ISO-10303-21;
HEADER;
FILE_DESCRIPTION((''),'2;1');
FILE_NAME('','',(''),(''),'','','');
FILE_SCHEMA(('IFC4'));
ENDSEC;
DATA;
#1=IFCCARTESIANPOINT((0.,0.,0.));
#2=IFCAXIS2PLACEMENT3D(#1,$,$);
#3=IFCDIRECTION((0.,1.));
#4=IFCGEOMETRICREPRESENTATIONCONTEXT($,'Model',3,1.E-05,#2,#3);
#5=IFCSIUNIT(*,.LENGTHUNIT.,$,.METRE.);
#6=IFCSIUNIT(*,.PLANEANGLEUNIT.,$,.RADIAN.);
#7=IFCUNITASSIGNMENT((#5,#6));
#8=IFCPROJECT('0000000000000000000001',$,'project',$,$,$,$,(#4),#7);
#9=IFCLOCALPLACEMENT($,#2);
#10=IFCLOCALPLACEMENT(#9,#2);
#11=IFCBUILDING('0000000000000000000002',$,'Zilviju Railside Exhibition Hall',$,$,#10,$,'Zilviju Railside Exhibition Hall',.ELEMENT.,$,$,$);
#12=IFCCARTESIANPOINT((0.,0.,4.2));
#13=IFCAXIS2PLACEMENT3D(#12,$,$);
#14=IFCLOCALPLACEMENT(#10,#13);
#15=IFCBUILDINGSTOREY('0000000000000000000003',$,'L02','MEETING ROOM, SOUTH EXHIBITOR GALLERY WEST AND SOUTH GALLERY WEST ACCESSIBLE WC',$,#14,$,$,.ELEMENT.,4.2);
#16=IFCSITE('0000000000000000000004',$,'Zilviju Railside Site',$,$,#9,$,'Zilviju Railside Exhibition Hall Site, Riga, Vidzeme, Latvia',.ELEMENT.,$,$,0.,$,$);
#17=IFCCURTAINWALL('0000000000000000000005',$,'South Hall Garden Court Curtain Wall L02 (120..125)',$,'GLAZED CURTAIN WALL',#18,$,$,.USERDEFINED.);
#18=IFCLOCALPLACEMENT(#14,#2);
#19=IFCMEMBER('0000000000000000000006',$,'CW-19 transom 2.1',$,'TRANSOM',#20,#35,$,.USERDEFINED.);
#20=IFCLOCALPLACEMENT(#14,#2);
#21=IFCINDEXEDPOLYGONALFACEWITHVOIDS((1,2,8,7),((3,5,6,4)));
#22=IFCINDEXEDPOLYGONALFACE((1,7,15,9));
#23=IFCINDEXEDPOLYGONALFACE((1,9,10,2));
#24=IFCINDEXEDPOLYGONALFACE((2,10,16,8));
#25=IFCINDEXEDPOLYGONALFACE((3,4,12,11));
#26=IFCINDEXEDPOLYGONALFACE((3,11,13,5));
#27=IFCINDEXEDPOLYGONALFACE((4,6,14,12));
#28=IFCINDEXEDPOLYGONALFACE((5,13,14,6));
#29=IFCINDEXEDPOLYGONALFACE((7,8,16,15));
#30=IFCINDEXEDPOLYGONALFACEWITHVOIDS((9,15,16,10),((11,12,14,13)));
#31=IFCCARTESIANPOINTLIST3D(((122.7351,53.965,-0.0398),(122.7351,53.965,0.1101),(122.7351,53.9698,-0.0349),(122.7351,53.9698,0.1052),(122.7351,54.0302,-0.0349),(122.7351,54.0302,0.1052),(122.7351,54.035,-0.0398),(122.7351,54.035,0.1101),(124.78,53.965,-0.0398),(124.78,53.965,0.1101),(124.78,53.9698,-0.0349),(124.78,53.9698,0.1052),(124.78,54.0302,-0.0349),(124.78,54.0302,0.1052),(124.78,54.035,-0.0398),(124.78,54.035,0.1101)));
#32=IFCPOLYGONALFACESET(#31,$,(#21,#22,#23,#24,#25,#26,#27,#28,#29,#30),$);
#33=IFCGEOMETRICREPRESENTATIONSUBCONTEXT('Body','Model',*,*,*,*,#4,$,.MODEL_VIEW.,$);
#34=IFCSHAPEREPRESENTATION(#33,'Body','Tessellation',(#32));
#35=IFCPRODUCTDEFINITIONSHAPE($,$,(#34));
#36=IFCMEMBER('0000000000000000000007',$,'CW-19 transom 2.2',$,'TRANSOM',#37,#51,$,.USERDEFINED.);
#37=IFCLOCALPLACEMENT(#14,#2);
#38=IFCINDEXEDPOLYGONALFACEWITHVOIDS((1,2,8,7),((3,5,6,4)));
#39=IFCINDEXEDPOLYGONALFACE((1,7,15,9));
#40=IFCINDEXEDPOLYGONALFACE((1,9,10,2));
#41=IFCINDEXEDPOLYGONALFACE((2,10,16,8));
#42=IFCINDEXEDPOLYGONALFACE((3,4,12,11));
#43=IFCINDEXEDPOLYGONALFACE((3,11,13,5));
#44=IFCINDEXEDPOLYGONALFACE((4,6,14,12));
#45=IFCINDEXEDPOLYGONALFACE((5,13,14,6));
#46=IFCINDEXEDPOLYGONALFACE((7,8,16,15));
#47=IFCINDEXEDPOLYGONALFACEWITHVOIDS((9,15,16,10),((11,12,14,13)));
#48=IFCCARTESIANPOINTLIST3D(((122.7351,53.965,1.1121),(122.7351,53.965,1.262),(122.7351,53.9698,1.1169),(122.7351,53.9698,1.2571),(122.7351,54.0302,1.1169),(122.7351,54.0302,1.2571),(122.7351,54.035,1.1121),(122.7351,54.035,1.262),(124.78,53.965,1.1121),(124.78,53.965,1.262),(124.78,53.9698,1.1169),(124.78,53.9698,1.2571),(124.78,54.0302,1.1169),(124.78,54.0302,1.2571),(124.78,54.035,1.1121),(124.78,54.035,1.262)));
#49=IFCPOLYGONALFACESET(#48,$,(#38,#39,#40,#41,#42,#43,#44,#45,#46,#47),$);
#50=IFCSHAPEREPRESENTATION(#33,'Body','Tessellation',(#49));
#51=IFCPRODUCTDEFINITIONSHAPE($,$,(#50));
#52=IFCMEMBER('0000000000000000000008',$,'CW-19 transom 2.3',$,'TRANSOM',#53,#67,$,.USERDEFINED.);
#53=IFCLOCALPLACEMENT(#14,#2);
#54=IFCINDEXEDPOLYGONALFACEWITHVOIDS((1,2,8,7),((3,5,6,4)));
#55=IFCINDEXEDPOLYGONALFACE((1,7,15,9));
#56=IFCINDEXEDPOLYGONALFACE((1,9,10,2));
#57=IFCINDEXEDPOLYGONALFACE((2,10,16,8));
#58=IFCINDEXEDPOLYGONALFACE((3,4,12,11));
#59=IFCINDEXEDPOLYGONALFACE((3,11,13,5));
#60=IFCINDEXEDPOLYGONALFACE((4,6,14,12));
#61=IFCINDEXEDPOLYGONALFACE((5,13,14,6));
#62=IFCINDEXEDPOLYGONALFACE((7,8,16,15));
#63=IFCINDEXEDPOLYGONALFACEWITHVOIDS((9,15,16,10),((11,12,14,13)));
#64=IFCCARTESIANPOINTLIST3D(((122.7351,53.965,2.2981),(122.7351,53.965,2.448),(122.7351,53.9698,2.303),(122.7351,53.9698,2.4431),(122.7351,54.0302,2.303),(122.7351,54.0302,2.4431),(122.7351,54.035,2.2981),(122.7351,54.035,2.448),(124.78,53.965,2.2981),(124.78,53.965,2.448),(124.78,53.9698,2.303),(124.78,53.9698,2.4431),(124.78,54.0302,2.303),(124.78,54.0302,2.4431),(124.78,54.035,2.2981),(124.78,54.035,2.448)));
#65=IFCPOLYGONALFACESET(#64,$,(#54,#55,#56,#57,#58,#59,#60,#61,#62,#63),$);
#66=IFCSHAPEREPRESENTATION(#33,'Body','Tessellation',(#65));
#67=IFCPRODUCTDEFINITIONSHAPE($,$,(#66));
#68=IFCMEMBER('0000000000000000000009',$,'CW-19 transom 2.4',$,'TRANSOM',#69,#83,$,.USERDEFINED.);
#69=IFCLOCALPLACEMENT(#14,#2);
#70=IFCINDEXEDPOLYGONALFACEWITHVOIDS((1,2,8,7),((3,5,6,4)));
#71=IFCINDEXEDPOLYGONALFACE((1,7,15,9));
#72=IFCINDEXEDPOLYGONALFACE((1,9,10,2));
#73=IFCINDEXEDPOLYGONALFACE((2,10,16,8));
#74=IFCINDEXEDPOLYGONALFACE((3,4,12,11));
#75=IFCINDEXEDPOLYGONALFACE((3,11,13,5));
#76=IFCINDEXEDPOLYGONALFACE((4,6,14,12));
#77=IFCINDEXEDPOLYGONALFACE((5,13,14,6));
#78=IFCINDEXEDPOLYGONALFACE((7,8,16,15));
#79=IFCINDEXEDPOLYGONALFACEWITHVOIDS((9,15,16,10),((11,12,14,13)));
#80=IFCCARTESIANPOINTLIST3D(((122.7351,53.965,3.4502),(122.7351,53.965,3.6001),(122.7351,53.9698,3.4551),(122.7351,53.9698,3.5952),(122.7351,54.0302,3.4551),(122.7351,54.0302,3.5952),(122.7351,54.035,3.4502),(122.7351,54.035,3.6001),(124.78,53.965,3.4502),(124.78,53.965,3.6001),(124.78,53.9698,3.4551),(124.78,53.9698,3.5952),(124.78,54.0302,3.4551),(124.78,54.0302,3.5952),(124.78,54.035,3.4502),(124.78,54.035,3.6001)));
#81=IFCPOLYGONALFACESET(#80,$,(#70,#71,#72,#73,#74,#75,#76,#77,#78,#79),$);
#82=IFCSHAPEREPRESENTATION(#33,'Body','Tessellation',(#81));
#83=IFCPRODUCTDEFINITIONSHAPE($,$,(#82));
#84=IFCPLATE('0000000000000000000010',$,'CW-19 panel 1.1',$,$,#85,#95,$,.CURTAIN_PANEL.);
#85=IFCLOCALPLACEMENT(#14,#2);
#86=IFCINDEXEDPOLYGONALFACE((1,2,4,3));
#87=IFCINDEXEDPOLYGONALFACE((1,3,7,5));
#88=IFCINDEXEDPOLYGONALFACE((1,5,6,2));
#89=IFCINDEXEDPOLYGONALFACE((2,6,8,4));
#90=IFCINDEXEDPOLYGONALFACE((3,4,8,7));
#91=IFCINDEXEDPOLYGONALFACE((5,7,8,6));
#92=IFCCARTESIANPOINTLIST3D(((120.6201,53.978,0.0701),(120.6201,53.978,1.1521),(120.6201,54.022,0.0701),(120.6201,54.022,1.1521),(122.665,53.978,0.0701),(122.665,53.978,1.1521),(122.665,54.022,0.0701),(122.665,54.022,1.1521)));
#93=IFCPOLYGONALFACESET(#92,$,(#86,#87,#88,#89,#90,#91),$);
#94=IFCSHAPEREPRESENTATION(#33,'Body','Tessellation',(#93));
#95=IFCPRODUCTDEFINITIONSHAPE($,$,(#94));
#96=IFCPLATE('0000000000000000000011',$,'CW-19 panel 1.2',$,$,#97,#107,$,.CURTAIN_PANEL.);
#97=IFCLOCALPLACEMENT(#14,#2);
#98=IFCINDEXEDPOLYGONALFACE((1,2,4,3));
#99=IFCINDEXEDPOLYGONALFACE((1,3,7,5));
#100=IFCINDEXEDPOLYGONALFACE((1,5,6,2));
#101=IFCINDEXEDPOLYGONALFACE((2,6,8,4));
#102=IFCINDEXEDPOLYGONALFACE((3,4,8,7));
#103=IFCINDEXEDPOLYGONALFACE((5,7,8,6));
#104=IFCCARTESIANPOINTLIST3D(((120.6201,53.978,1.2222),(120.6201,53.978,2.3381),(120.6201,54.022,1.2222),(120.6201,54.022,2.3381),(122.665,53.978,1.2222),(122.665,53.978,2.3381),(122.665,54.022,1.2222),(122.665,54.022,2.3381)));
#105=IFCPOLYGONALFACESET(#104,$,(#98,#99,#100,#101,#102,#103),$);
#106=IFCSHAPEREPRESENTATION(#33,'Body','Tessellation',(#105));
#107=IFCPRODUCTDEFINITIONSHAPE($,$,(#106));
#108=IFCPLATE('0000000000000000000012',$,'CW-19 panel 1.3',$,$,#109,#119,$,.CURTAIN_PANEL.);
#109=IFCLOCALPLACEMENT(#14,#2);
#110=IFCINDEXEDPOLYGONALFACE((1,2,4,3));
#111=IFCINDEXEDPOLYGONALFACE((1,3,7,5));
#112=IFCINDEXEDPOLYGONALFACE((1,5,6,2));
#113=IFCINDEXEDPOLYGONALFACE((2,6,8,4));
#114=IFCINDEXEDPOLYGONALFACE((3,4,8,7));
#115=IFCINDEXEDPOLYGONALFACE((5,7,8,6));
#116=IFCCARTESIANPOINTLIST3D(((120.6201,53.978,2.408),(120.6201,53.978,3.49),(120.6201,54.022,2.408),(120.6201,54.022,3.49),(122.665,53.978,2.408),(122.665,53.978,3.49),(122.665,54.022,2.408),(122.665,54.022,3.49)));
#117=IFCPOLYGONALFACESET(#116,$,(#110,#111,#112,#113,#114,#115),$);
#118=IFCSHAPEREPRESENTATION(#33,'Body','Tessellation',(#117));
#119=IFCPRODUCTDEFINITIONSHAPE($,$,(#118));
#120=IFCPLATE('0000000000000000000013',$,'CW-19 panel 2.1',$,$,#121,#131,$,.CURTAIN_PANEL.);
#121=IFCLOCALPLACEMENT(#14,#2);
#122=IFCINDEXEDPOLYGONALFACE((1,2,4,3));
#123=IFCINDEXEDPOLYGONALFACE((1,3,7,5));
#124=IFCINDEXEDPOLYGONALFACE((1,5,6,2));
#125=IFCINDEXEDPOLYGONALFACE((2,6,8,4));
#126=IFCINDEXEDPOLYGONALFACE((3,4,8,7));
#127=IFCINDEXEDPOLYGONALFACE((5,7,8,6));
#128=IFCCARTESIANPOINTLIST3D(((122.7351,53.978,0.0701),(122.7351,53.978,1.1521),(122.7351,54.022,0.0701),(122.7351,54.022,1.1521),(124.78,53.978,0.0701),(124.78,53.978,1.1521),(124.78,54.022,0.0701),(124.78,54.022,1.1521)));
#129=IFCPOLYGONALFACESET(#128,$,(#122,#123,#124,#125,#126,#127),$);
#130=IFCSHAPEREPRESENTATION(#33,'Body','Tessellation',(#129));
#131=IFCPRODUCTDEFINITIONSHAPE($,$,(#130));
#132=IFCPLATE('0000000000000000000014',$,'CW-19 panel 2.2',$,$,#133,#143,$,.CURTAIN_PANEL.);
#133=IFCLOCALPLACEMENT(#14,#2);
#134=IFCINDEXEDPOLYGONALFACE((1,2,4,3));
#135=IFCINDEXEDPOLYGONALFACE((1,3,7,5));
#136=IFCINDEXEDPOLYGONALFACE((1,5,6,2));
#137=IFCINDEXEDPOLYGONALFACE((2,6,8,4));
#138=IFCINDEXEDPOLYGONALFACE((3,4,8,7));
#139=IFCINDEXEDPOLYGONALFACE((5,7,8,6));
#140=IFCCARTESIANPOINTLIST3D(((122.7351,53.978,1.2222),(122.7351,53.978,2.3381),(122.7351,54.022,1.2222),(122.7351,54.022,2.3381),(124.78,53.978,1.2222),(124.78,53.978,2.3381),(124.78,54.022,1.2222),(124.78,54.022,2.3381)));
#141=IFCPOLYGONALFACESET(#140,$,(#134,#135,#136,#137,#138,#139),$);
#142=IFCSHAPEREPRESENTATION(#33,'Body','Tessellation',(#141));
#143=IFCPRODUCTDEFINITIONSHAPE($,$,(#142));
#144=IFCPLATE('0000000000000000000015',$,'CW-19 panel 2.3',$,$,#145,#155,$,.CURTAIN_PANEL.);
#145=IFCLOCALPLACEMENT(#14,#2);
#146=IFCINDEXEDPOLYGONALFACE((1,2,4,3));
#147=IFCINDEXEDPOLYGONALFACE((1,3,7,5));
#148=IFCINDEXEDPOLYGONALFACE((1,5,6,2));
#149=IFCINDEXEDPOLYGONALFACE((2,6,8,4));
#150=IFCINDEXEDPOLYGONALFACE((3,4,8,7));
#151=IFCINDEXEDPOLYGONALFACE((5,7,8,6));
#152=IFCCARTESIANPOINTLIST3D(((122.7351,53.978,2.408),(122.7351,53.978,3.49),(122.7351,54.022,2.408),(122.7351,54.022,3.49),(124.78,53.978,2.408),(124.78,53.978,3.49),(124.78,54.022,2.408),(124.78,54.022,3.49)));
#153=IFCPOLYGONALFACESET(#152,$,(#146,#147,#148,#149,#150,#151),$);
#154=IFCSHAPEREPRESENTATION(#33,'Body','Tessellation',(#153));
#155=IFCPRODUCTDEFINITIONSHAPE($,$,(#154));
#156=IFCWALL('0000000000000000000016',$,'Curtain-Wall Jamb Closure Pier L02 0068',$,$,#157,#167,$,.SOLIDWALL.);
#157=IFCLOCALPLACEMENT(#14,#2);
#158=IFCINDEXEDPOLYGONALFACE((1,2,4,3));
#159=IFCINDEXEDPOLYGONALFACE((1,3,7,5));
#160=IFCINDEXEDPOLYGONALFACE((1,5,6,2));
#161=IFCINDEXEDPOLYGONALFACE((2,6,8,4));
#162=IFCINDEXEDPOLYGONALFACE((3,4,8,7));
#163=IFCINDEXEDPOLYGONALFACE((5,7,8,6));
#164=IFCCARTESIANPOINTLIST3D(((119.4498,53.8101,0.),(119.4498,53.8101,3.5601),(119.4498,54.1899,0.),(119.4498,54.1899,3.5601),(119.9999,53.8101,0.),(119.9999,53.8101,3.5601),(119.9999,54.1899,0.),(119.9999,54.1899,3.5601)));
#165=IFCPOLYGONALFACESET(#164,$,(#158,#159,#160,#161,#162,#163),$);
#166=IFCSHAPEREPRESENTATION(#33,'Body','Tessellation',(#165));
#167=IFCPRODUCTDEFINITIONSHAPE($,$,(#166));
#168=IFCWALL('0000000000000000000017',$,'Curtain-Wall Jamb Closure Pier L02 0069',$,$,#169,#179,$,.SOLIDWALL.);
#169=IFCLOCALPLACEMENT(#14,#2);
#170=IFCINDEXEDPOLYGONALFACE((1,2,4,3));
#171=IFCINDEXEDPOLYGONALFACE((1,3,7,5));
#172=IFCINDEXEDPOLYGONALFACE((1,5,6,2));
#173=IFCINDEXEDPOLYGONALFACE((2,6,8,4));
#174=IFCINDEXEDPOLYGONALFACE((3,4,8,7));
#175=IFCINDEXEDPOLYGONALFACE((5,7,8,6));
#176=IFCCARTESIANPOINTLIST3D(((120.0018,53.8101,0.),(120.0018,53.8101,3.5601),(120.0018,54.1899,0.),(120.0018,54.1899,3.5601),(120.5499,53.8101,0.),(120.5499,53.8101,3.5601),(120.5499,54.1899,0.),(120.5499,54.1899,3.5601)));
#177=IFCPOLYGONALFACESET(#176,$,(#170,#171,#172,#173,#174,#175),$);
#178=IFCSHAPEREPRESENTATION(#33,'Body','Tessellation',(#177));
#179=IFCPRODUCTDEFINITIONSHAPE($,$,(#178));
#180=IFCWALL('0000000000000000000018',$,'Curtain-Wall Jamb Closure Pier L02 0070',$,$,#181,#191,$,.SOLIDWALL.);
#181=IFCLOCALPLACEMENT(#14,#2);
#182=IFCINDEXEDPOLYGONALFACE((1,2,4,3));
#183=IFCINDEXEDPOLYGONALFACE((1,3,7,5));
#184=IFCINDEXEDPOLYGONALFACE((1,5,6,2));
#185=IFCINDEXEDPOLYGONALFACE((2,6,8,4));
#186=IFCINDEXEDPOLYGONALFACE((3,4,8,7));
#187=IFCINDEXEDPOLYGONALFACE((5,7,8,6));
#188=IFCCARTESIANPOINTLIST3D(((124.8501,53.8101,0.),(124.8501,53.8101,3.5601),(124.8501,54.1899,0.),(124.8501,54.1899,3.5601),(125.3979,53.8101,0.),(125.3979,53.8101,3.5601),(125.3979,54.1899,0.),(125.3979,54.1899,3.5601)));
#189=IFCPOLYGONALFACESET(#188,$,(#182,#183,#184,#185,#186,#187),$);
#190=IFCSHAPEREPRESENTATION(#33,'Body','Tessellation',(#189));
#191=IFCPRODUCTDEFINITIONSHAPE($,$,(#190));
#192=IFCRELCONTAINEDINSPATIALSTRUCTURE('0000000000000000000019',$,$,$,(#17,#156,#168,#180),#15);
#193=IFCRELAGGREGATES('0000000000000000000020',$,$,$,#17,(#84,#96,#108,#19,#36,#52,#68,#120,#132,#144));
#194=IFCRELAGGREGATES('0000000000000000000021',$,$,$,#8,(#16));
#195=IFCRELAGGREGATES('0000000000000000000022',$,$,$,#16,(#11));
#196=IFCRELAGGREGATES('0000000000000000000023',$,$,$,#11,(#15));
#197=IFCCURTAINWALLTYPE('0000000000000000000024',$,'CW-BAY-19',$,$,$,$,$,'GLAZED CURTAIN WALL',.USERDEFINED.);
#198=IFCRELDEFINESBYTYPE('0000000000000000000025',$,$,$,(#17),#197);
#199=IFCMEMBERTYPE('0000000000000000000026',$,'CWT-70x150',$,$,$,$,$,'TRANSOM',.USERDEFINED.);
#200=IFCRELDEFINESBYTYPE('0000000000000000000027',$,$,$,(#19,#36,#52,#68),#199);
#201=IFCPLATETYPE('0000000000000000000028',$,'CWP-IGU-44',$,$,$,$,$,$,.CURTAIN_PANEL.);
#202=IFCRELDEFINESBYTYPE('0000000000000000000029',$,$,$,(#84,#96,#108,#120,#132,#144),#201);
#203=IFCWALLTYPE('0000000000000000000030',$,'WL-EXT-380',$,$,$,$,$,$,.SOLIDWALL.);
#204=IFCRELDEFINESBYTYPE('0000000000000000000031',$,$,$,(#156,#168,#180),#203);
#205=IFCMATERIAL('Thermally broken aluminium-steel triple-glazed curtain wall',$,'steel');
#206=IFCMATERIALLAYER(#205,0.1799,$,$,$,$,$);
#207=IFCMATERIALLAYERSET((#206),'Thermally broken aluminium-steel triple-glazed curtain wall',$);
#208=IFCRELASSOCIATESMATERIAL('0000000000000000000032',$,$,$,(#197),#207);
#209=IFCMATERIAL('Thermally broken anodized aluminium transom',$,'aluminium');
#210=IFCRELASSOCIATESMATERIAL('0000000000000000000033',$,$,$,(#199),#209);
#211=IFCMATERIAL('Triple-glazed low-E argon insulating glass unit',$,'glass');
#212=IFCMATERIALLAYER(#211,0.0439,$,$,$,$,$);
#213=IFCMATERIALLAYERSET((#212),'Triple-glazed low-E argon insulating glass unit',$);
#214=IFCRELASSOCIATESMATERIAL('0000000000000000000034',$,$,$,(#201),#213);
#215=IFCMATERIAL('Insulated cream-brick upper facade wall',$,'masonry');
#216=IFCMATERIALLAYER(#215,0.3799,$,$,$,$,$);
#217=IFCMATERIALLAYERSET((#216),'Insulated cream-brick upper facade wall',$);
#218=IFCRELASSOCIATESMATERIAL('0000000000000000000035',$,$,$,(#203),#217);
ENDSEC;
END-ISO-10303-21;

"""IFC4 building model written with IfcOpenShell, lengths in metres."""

from ifc_helpers import new_model, si_unit, direction, frame, frame_2d, origin, origin_2d, place, context, subcontext, project, spatial, rectangle, hollow_rectangle, extrude, material, layer, layer_set, material_profile, profile_set, type_object, element, aggregate, save


model = new_model("IFC4")

# Units and contexts
model_context = context("Model", 3, precision=1e-05, world=origin(), true_north=direction((0.0, 1.0)))
body_context = subcontext(model_context, "Body", "Model", "MODEL_VIEW")
ifc_project = project(units=[si_unit("LENGTHUNIT", "METRE"), si_unit("PLANEANGLEUNIT", "RADIAN")], contexts=[model_context])

# Site, building, storey
site_placement = place(None, origin())
site = spatial("IfcSite", under=ifc_project, at=site_placement, Name="Zilviju Railside Site", LongName="Zilviju Railside Exhibition Hall Site, Riga, Vidzeme, Latvia", CompositionType="ELEMENT", RefElevation=0.0)
building_placement = place(site_placement, origin())
building = spatial("IfcBuilding", under=site, at=building_placement, Name="Zilviju Railside Exhibition Hall", LongName="Zilviju Railside Exhibition Hall", CompositionType="ELEMENT")
storey_placement = place(building_placement, frame((0.0, 0.0, 4.2)))
storey = spatial("IfcBuildingStorey", under=building, at=storey_placement, Name="L02", Description="MEETING ROOM, SOUTH EXHIBITOR GALLERY WEST AND SOUTH GALLERY WEST ACCESSIBLE WC", CompositionType="ELEMENT", Elevation=4.2)

# Shared definitions
ifc_material_1 = material(Name="Thermally broken aluminium-steel triple-glazed curtain wall", Category="steel")

# Curtain wall, members, plates
ifc_layer_1 = layer(ifc_material_1, 0.1799)
ifc_layer_set_1 = layer_set([ifc_layer_1], Name="Thermally broken aluminium-steel triple-glazed curtain wall")
curtain_wall_type_1 = type_object("IfcCurtainWallType", Name="CW-BAY-19", ElementType="GLAZED CURTAIN WALL", PredefinedType="USERDEFINED", material=ifc_layer_set_1)
curtain_wall_1_placement = place(storey_placement, origin())
curtain_wall_1 = element("IfcCurtainWall", 1, at=curtain_wall_1_placement, inside=storey, type_object=curtain_wall_type_1, Name="South Hall Garden Court Curtain Wall L02 (120..125)", ObjectType="GLAZED CURTAIN WALL", PredefinedType="USERDEFINED")
ifc_material_2 = material(Name="Thermally broken anodized aluminium transom", Category="aluminium")
ifc_material_profile_1 = material_profile(ifc_material_2, hollow_rectangle(XDim=0.0701, YDim=0.1499, WallThickness=0.0049, at=origin_2d()), Name="TRANSOM 150x70x5")
ifc_profile_set_1 = profile_set([ifc_material_profile_1], Name="Thermally broken anodized aluminium transom")
member_type_1 = type_object("IfcMemberType", Name="CWT-70x150", ElementType="TRANSOM", PredefinedType="USERDEFINED", material=ifc_profile_set_1)
member_1_placement = place(storey_placement, frame((122.7351, 54.0, 0.0352), z_axis=(1.0, 0.0, 0.0), x_axis=(0.0, 1.0, 0.0)))
member_1 = element("IfcMember", 2, at=member_1_placement, type_object=member_type_1, Name="CW-19 transom 2.1", ObjectType="TRANSOM", PredefinedType="USERDEFINED", context=body_context, shape_type="SweptSolid", body=[
    extrude(hollow_rectangle(XDim=0.0701, YDim=0.1499, WallThickness=0.0049, at=origin_2d()), origin(), (0.0, 0.0, 1.0), 2.0449),
])
member_2_placement = place(storey_placement, frame((122.7351, 54.0, 1.187), z_axis=(1.0, 0.0, 0.0), x_axis=(0.0, 1.0, 0.0)))
member_2 = element("IfcMember", 3, at=member_2_placement, type_object=member_type_1, Name="CW-19 transom 2.2", ObjectType="TRANSOM", PredefinedType="USERDEFINED", context=body_context, shape_type="SweptSolid", body=[
    extrude(hollow_rectangle(XDim=0.0701, YDim=0.1499, WallThickness=0.0049, at=origin_2d()), origin(), (0.0, 0.0, 1.0), 2.0449),
])
member_3_placement = place(storey_placement, frame((122.7351, 54.0, 2.373), z_axis=(1.0, 0.0, 0.0), x_axis=(0.0, 1.0, 0.0)))
member_3 = element("IfcMember", 4, at=member_3_placement, type_object=member_type_1, Name="CW-19 transom 2.3", ObjectType="TRANSOM", PredefinedType="USERDEFINED", context=body_context, shape_type="SweptSolid", body=[
    extrude(hollow_rectangle(XDim=0.0701, YDim=0.1499, WallThickness=0.0049, at=origin_2d()), origin(), (0.0, 0.0, 1.0), 2.0449),
])
member_4_placement = place(storey_placement, frame((122.7351, 54.0, 3.5251), z_axis=(1.0, 0.0, 0.0), x_axis=(0.0, 1.0, 0.0)))
member_4 = element("IfcMember", 5, at=member_4_placement, type_object=member_type_1, Name="CW-19 transom 2.4", ObjectType="TRANSOM", PredefinedType="USERDEFINED", context=body_context, shape_type="SweptSolid", body=[
    extrude(hollow_rectangle(XDim=0.0701, YDim=0.1499, WallThickness=0.0049, at=origin_2d()), origin(), (0.0, 0.0, 1.0), 2.0449),
])
ifc_material_3 = material(Name="Triple-glazed low-E argon insulating glass unit", Category="glass")
ifc_layer_2 = layer(ifc_material_3, 0.0439)
ifc_layer_set_2 = layer_set([ifc_layer_2], Name="Triple-glazed low-E argon insulating glass unit")
plate_type = type_object("IfcPlateType", Name="CWP-IGU-44", PredefinedType="CURTAIN_PANEL", material=ifc_layer_set_2)
plate_1_placement = place(storey_placement, frame((121.6426, 54.0, 0.0701), z_axis=(0.0, 0.0, 1.0), x_axis=(1.0, 0.0, 0.0)))
plate_1 = element("IfcPlate", 6, at=plate_1_placement, type_object=plate_type, Name="CW-19 panel 1.1", PredefinedType="CURTAIN_PANEL", context=body_context, shape_type="SweptSolid", body=[
    extrude(rectangle(XDim=2.0449, YDim=0.0439, at=origin_2d()), origin(), (0.0, 0.0, 1.0), 1.082),
])
plate_2_placement = place(storey_placement, frame((121.6426, 54.0, 1.2222), z_axis=(0.0, 0.0, 1.0), x_axis=(1.0, 0.0, 0.0)))
plate_2 = element("IfcPlate", 7, at=plate_2_placement, type_object=plate_type, Name="CW-19 panel 1.2", PredefinedType="CURTAIN_PANEL", context=body_context, shape_type="SweptSolid", body=[
    extrude(rectangle(XDim=2.0449, YDim=0.0439, at=origin_2d()), origin(), (0.0, 0.0, 1.0), 1.116),
])
plate_3_placement = place(storey_placement, frame((121.6426, 54.0, 2.408), z_axis=(0.0, 0.0, 1.0), x_axis=(1.0, 0.0, 0.0)))
plate_3 = element("IfcPlate", 8, at=plate_3_placement, type_object=plate_type, Name="CW-19 panel 1.3", PredefinedType="CURTAIN_PANEL", context=body_context, shape_type="SweptSolid", body=[
    extrude(rectangle(XDim=2.0449, YDim=0.0439, at=origin_2d()), origin(), (0.0, 0.0, 1.0), 1.082),
])
plate_4_placement = place(storey_placement, frame((123.7576, 54.0, 0.0701), z_axis=(0.0, 0.0, 1.0), x_axis=(1.0, 0.0, 0.0)))
plate_4 = element("IfcPlate", 9, at=plate_4_placement, type_object=plate_type, Name="CW-19 panel 2.1", PredefinedType="CURTAIN_PANEL", context=body_context, shape_type="SweptSolid", body=[
    extrude(rectangle(XDim=2.0449, YDim=0.0439, at=origin_2d()), origin(), (0.0, 0.0, 1.0), 1.082),
])
plate_5_placement = place(storey_placement, frame((123.7576, 54.0, 1.2222), z_axis=(0.0, 0.0, 1.0), x_axis=(1.0, 0.0, 0.0)))
plate_5 = element("IfcPlate", 10, at=plate_5_placement, type_object=plate_type, Name="CW-19 panel 2.2", PredefinedType="CURTAIN_PANEL", context=body_context, shape_type="SweptSolid", body=[
    extrude(rectangle(XDim=2.0449, YDim=0.0439, at=origin_2d()), origin(), (0.0, 0.0, 1.0), 1.116),
])
plate_6_placement = place(storey_placement, frame((123.7576, 54.0, 2.408), z_axis=(0.0, 0.0, 1.0), x_axis=(1.0, 0.0, 0.0)))
plate_6 = element("IfcPlate", 11, at=plate_6_placement, type_object=plate_type, Name="CW-19 panel 2.3", PredefinedType="CURTAIN_PANEL", context=body_context, shape_type="SweptSolid", body=[
    extrude(rectangle(XDim=2.0449, YDim=0.0439, at=origin_2d()), origin(), (0.0, 0.0, 1.0), 1.082),
])
aggregate(curtain_wall_1, [plate_1, plate_2, plate_3, member_1, member_2, member_3, member_4, plate_4, plate_5, plate_6])

# Walls
ifc_material_4 = material(Name="Insulated cream-brick upper facade wall", Category="masonry")
ifc_layer_3 = layer(ifc_material_4, 0.3799)
ifc_layer_set_3 = layer_set([ifc_layer_3], Name="Insulated cream-brick upper facade wall")
wall_type = type_object("IfcWallType", Name="WL-EXT-380", PredefinedType="SOLIDWALL", material=ifc_layer_set_3)
wall_1_placement = place(storey_placement, frame((119.45, 54.0, 0.0), z_axis=(0.0, 0.0, 1.0), x_axis=(1.0, 0.0, 0.0)))
element("IfcWall", 12, at=wall_1_placement, inside=storey, type_object=wall_type, Name="Curtain-Wall Jamb Closure Pier L02 0068", PredefinedType="SOLIDWALL", context=body_context, shape_type="SweptSolid", body=[
    extrude(rectangle(XDim=0.55, YDim=0.3799, at=frame_2d((0.2749, 0.0))), origin(), (0.0, 0.0, 1.0), 3.5601),
])
wall_2_placement = place(storey_placement, frame((120.002, 54.0, 0.0), z_axis=(0.0, 0.0, 1.0), x_axis=(1.0, 0.0, 0.0)))
element("IfcWall", 13, at=wall_2_placement, inside=storey, type_object=wall_type, Name="Curtain-Wall Jamb Closure Pier L02 0069", PredefinedType="SOLIDWALL", context=body_context, shape_type="SweptSolid", body=[
    extrude(rectangle(XDim=0.5481, YDim=0.3799, at=frame_2d((0.2739, 0.0))), origin(), (0.0, 0.0, 1.0), 3.5601),
])
wall_3_placement = place(storey_placement, frame((124.8501, 54.0, 0.0), z_axis=(0.0, 0.0, 1.0), x_axis=(1.0, 0.0, 0.0)))
element("IfcWall", 14, at=wall_3_placement, inside=storey, type_object=wall_type, Name="Curtain-Wall Jamb Closure Pier L02 0070", PredefinedType="SOLIDWALL", context=body_context, shape_type="SweptSolid", body=[
    extrude(rectangle(XDim=0.5479, YDim=0.3799, at=frame_2d((0.2739, 0.0))), origin(), (0.0, 0.0, 1.0), 3.5601),
])

save(model, "model.ifc")
